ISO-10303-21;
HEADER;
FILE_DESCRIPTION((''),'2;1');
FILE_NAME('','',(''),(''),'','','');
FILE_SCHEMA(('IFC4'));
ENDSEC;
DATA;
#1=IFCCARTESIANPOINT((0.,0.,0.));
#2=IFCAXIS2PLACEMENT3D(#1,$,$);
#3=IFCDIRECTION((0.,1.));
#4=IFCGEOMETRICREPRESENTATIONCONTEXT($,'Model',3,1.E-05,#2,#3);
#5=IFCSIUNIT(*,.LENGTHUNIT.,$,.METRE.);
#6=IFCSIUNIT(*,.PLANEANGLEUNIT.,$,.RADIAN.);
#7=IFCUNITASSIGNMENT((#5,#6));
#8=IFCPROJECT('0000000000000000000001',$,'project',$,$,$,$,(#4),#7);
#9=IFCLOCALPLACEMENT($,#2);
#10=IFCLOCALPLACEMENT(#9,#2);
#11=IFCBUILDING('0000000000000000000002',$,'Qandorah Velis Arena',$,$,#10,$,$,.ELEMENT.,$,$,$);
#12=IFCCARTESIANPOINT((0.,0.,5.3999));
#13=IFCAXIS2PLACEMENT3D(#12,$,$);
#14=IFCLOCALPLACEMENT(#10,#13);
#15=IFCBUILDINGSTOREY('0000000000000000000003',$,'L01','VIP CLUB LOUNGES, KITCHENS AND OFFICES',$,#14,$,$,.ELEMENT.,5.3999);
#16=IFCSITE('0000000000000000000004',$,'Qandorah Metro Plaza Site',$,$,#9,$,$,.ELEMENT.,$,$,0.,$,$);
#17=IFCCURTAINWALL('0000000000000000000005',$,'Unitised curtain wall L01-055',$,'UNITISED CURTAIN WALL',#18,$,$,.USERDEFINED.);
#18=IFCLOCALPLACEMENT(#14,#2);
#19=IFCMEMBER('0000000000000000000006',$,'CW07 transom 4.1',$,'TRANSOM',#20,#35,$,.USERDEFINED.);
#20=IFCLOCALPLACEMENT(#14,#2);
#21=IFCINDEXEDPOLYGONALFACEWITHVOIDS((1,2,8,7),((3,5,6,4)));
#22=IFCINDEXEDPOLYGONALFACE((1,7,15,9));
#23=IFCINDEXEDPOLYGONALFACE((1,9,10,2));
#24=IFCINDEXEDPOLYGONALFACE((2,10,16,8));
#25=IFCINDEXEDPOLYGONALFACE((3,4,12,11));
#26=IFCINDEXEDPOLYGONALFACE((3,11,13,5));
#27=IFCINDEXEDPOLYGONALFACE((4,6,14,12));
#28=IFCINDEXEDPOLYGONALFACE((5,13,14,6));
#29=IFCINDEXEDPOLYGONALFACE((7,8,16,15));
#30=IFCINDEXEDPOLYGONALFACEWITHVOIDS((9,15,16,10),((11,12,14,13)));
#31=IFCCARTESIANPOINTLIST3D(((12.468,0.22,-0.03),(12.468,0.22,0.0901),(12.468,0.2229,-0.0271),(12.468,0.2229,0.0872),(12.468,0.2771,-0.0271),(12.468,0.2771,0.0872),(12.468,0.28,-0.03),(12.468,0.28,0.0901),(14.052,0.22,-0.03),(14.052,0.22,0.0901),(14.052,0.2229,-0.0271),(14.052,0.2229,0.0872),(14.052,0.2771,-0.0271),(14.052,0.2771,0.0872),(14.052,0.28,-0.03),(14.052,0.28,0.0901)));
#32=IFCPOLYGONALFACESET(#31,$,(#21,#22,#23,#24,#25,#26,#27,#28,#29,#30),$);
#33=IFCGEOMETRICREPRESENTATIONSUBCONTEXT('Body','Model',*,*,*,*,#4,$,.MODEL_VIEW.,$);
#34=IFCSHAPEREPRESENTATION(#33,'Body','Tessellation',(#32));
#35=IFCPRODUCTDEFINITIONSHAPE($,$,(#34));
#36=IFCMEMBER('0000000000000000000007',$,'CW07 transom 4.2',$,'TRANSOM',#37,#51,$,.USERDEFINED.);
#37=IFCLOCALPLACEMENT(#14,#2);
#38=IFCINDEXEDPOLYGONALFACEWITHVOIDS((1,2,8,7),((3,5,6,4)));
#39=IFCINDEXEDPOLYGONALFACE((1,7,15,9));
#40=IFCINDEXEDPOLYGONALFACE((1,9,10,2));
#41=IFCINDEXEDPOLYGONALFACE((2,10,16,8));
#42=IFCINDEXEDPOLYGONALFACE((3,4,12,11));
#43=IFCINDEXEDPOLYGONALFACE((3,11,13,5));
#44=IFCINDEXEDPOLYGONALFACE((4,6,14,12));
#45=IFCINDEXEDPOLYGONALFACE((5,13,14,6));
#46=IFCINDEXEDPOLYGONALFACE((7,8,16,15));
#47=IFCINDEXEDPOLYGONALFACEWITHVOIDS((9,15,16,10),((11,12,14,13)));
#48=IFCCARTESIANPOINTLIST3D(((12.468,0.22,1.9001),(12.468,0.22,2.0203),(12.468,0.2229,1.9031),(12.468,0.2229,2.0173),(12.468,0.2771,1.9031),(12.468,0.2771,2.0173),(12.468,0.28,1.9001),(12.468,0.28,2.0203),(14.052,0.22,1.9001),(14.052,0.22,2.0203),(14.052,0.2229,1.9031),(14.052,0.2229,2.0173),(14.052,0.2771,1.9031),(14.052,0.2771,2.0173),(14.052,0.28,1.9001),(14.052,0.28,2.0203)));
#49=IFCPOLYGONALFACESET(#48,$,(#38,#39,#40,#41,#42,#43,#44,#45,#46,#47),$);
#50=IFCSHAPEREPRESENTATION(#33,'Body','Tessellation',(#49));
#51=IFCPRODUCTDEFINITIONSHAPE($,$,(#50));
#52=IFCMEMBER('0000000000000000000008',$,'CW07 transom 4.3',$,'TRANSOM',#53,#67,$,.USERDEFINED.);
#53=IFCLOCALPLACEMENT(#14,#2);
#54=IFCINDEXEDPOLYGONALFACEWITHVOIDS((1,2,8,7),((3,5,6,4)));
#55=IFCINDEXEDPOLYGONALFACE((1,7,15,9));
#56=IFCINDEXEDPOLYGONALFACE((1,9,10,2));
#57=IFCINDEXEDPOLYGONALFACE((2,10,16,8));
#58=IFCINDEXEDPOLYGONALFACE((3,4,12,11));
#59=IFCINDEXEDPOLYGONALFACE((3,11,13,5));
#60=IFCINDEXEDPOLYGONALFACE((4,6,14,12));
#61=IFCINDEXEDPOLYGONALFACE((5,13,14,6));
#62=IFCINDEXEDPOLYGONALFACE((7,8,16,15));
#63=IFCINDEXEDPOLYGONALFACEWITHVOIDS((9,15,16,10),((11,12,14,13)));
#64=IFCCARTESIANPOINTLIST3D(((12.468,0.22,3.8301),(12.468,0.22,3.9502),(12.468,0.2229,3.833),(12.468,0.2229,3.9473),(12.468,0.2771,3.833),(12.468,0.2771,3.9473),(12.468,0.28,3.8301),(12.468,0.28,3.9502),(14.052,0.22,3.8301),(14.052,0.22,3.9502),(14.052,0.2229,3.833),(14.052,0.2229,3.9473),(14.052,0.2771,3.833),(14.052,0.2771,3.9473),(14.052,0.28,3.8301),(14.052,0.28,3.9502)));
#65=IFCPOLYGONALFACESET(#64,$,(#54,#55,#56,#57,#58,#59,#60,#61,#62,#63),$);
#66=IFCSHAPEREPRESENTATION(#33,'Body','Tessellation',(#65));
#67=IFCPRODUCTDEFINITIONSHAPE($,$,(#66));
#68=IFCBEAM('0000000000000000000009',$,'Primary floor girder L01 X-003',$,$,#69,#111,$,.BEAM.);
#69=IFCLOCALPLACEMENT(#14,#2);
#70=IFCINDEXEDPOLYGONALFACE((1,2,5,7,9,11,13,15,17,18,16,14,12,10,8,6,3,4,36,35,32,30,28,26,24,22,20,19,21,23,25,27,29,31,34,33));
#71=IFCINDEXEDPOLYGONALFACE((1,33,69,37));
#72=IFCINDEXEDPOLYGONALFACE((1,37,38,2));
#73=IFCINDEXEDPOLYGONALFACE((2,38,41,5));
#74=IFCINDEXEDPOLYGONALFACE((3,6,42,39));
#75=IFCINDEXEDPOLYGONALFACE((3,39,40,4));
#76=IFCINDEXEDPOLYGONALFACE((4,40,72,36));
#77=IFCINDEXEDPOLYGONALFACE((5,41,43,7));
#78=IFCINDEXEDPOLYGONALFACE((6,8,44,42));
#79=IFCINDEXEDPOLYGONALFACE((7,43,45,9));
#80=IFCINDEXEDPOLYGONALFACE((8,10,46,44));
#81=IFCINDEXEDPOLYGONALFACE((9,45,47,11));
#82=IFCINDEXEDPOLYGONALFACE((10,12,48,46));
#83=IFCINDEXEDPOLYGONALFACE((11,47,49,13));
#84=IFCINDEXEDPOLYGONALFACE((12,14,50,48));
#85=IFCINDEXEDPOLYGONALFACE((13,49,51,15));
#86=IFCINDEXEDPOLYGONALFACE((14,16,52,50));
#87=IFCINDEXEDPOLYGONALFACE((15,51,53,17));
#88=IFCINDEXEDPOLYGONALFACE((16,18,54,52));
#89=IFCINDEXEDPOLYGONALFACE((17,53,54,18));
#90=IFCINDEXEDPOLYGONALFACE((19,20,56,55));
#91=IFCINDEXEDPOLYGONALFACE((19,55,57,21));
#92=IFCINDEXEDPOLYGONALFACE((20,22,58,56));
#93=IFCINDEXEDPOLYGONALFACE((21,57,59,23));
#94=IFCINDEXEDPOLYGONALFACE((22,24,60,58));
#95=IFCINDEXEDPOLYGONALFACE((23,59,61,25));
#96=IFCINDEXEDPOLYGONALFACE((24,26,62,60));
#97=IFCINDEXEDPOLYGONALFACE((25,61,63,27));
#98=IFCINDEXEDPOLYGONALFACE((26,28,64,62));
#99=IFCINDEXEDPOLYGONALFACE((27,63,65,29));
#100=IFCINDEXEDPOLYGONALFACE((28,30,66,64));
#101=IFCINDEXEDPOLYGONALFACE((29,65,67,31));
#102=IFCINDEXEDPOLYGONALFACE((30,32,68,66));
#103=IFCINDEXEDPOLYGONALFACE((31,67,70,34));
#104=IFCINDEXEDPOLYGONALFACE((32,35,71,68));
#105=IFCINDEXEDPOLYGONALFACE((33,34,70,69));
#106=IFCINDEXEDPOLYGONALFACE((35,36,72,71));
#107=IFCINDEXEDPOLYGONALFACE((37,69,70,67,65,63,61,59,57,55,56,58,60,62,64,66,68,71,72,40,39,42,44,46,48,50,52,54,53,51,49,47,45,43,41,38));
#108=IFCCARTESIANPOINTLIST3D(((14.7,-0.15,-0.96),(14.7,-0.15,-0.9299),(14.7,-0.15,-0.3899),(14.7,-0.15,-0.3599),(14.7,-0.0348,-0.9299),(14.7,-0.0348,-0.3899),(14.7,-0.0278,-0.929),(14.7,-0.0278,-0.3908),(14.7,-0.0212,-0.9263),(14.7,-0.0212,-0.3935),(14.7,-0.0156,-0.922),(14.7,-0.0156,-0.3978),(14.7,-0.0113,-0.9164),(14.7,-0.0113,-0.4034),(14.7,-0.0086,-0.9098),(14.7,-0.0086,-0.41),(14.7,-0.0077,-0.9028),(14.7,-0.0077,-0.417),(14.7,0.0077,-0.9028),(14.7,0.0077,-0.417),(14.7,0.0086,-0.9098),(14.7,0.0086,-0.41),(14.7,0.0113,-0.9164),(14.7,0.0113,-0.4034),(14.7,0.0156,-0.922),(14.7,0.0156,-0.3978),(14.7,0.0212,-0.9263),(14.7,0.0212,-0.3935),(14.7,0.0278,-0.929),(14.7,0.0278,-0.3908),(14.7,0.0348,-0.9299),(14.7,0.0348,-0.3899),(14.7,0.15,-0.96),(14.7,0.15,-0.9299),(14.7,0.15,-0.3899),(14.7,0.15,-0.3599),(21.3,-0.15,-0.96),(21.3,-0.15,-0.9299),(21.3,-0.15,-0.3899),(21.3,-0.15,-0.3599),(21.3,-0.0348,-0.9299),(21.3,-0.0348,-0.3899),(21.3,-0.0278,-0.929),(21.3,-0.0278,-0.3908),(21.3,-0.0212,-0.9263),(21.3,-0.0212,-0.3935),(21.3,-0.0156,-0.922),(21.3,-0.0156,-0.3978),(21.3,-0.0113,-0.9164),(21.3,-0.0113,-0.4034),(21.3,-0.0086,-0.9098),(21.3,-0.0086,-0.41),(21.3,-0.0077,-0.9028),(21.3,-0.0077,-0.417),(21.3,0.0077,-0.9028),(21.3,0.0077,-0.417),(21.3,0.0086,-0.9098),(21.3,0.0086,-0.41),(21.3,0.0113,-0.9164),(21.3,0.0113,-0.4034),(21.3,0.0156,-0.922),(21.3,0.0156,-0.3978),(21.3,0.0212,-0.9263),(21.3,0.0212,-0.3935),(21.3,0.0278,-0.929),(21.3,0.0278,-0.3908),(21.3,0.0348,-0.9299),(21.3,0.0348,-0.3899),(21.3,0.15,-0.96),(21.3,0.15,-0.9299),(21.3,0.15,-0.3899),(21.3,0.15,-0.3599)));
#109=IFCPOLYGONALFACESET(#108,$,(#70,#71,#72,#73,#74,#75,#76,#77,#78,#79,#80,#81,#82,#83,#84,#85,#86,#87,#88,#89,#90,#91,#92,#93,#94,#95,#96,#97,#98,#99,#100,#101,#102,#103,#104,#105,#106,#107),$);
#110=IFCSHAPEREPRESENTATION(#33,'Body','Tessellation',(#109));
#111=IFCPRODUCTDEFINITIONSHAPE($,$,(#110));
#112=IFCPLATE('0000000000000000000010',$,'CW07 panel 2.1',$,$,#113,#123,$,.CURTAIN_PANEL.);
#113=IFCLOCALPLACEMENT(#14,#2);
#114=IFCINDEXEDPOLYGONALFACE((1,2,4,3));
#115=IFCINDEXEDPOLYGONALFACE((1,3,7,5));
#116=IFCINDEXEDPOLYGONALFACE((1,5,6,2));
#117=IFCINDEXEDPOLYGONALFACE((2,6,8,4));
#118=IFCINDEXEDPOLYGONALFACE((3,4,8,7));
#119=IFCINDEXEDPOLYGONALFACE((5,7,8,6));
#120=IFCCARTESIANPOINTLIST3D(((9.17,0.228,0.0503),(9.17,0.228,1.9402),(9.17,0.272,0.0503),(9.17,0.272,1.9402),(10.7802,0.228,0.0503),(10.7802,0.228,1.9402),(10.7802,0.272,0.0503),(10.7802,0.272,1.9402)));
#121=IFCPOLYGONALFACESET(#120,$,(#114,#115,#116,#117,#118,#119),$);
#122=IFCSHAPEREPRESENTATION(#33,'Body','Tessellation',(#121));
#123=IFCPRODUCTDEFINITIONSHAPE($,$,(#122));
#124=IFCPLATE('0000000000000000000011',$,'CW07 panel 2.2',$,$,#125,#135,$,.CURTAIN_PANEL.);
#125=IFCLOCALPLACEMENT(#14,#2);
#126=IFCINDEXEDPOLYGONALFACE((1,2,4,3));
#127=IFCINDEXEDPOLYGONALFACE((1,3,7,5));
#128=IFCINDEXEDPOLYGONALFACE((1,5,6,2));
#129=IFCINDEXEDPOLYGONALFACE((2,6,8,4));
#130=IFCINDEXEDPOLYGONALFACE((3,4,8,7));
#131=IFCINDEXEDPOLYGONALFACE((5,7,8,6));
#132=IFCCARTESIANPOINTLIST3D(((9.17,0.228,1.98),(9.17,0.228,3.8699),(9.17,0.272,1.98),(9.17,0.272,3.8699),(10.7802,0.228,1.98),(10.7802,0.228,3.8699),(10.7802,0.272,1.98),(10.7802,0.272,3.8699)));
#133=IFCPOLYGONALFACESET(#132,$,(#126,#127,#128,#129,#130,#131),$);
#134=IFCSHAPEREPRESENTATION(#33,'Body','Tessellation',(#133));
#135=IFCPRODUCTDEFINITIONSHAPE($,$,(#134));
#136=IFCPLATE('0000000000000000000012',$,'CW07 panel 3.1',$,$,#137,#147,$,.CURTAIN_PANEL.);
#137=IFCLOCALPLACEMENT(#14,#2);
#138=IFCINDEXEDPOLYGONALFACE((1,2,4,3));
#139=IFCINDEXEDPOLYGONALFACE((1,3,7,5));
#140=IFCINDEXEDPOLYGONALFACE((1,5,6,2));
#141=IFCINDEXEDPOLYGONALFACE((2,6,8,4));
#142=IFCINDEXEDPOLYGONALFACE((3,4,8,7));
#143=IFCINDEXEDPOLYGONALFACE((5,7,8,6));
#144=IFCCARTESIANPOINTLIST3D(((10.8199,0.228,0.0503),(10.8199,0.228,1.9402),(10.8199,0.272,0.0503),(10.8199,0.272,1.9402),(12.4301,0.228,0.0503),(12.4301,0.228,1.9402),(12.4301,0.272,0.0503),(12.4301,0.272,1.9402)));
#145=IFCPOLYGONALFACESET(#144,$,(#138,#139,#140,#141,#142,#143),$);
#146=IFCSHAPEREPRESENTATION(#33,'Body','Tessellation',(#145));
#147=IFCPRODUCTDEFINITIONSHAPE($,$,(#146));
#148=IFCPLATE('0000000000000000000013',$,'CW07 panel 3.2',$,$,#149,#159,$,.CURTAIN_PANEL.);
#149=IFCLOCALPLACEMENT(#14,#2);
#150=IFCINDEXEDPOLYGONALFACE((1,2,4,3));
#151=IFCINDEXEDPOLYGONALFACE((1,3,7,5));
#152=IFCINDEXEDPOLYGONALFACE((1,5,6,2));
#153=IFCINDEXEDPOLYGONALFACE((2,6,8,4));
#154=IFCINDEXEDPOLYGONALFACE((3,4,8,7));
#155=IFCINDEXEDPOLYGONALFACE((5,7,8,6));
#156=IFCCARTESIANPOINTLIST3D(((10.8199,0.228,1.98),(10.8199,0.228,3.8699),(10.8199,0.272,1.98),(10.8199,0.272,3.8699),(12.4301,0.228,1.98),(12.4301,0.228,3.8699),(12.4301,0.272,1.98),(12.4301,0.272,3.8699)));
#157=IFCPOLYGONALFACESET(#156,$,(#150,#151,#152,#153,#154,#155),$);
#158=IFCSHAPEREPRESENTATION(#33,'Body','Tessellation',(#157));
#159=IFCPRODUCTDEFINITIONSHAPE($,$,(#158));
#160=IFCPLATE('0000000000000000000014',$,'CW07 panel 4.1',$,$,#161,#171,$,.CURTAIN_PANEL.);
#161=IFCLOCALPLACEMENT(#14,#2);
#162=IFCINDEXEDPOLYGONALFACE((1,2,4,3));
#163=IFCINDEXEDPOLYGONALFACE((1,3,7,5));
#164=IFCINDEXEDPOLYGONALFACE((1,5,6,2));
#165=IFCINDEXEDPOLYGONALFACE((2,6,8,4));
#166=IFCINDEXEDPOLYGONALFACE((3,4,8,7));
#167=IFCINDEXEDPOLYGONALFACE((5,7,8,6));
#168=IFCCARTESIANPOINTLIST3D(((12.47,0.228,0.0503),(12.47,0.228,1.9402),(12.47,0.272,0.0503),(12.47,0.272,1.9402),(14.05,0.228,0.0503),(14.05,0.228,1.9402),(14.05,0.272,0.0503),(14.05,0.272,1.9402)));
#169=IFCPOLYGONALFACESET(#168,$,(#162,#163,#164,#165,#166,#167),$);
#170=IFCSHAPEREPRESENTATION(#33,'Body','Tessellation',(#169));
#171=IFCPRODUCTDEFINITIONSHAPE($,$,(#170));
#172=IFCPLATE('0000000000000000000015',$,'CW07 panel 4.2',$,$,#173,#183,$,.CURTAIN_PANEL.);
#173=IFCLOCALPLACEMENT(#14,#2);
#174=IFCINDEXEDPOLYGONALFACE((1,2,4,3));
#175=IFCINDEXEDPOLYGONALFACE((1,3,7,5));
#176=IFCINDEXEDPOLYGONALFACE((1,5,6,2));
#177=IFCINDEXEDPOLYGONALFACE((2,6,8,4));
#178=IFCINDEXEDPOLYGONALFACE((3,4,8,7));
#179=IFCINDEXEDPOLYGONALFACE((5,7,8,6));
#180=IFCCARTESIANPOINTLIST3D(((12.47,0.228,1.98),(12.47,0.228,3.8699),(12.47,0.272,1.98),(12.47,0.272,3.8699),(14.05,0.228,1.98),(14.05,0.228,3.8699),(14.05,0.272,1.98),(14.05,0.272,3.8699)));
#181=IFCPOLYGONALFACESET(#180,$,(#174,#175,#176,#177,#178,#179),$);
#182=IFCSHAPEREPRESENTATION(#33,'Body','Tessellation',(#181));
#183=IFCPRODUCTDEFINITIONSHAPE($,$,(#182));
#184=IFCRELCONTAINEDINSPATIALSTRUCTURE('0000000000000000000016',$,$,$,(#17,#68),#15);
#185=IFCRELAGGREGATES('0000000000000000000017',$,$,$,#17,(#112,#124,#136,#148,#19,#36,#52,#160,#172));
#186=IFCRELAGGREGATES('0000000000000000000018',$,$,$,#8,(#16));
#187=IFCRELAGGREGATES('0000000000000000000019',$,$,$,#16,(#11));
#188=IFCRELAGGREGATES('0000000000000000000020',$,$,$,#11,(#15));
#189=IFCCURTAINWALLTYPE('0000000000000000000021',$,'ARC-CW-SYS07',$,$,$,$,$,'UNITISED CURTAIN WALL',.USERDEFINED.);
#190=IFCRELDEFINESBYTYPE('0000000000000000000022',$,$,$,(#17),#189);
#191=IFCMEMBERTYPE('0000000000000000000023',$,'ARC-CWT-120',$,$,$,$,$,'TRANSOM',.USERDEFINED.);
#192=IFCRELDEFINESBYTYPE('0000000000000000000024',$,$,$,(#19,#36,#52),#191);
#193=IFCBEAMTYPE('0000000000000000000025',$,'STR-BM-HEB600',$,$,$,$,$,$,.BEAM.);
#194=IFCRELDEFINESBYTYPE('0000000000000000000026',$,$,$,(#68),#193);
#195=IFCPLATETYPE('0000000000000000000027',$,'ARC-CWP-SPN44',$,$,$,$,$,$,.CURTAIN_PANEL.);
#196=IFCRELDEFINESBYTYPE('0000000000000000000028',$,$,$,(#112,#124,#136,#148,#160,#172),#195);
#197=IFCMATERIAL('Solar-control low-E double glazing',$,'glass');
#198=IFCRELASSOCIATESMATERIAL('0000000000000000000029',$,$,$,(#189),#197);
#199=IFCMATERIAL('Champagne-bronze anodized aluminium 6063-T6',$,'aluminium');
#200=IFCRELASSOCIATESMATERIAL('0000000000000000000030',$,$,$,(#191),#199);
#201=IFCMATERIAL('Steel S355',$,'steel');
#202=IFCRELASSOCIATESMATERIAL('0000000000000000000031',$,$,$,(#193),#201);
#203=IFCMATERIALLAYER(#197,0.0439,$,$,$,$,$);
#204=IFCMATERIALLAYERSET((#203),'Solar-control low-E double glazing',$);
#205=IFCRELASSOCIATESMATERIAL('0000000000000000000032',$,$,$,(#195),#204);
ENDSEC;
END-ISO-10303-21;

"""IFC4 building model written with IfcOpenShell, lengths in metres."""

from ifc_helpers import new_model, si_unit, direction, frame, origin, origin_2d, place, context, subcontext, project, spatial, rectangle, hollow_rectangle, i_section, extrude, material, layer, layer_set, material_profile, profile_set, type_object, element, aggregate, save


model = new_model("IFC4")

# Units and contexts
model_context = context("Model", 3, precision=1e-05, world=origin(), true_north=direction((0.0, 1.0)))
body_context = subcontext(model_context, "Body", "Model", "MODEL_VIEW")
ifc_project = project(units=[si_unit("LENGTHUNIT", "METRE"), si_unit("PLANEANGLEUNIT", "RADIAN")], contexts=[model_context])

# Site, building, storey
site_placement = place(None, origin())
site = spatial("IfcSite", under=ifc_project, at=site_placement, Name="Qandorah Metro Plaza Site", CompositionType="ELEMENT", RefElevation=0.0)
building_placement = place(site_placement, origin())
building = spatial("IfcBuilding", under=site, at=building_placement, Name="Qandorah Velis Arena", CompositionType="ELEMENT")
storey_placement = place(building_placement, frame((0.0, 0.0, 5.3999)))
storey = spatial("IfcBuildingStorey", under=building, at=storey_placement, Name="L01", Description="VIP CLUB LOUNGES, KITCHENS AND OFFICES", CompositionType="ELEMENT", Elevation=5.3999)

# Shared definitions
ifc_material_1 = material(Name="Solar-control low-E double glazing", Category="glass")
ifc_material_2 = material(Name="Champagne-bronze anodized aluminium 6063-T6", Category="aluminium")

# Curtain wall, members
curtain_wall_type_1 = type_object("IfcCurtainWallType", Name="ARC-CW-SYS07", ElementType="UNITISED CURTAIN WALL", PredefinedType="USERDEFINED", material=ifc_material_1)
curtain_wall_1_placement = place(storey_placement, origin())
curtain_wall_1 = element("IfcCurtainWall", 1, at=curtain_wall_1_placement, inside=storey, type_object=curtain_wall_type_1, Name="Unitised curtain wall L01-055", ObjectType="UNITISED CURTAIN WALL", PredefinedType="USERDEFINED")
ifc_material_profile_1 = material_profile(ifc_material_2, hollow_rectangle(XDim=0.0601, YDim=0.1201, WallThickness=0.0029, at=origin_2d()), Name="ALU TRANSOM 60x120")
ifc_profile_set_1 = profile_set([ifc_material_profile_1], Name="Champagne-bronze anodized aluminium 6063-T6")
member_type_1 = type_object("IfcMemberType", Name="ARC-CWT-120", ElementType="TRANSOM", PredefinedType="USERDEFINED", material=ifc_profile_set_1)
member_1_placement = place(storey_placement, frame((12.468, 0.25, 0.03), z_axis=(1.0, 0.0, 0.0), x_axis=(0.0, 1.0, 0.0)))
member_1 = element("IfcMember", 2, at=member_1_placement, type_object=member_type_1, Name="CW07 transom 4.1", ObjectType="TRANSOM", PredefinedType="USERDEFINED", context=body_context, shape_type="SweptSolid", body=[
    extrude(hollow_rectangle(XDim=0.0601, YDim=0.1201, WallThickness=0.0029, at=origin_2d()), origin(), (0.0, 0.0, 1.0), 1.584),
])
member_2_placement = place(storey_placement, frame((12.468, 0.25, 1.9602), z_axis=(1.0, 0.0, 0.0), x_axis=(0.0, 1.0, 0.0)))
member_2 = element("IfcMember", 3, at=member_2_placement, type_object=member_type_1, Name="CW07 transom 4.2", ObjectType="TRANSOM", PredefinedType="USERDEFINED", context=body_context, shape_type="SweptSolid", body=[
    extrude(hollow_rectangle(XDim=0.0601, YDim=0.1201, WallThickness=0.0029, at=origin_2d()), origin(), (0.0, 0.0, 1.0), 1.584),
])
member_3_placement = place(storey_placement, frame((12.468, 0.25, 3.8901), z_axis=(1.0, 0.0, 0.0), x_axis=(0.0, 1.0, 0.0)))
member_3 = element("IfcMember", 4, at=member_3_placement, type_object=member_type_1, Name="CW07 transom 4.3", ObjectType="TRANSOM", PredefinedType="USERDEFINED", context=body_context, shape_type="SweptSolid", body=[
    extrude(hollow_rectangle(XDim=0.0601, YDim=0.1201, WallThickness=0.0029, at=origin_2d()), origin(), (0.0, 0.0, 1.0), 1.584),
])

# Beam
ifc_material_3 = material(Name="Steel S355", Category="steel")
ifc_material_profile_2 = material_profile(ifc_material_3, i_section(OverallWidth=0.3, OverallDepth=0.6001, WebThickness=0.0154, FlangeThickness=0.03, FilletRadius=0.0271, at=origin_2d()), Name="HEB 600")
ifc_profile_set_2 = profile_set([ifc_material_profile_2], Name="Steel S355")
beam_type = type_object("IfcBeamType", Name="STR-BM-HEB600", PredefinedType="BEAM", material=ifc_profile_set_2)
beam_placement = place(storey_placement, frame((14.7, 0.0, -0.6599), z_axis=(1.0, 0.0, 0.0), x_axis=(0.0, 1.0, 0.0)))
element("IfcBeam", 5, at=beam_placement, inside=storey, type_object=beam_type, Name="Primary floor girder L01 X-003", PredefinedType="BEAM", context=body_context, shape_type="SweptSolid", body=[
    extrude(i_section(OverallWidth=0.3, OverallDepth=0.6001, WebThickness=0.0154, FlangeThickness=0.03, FilletRadius=0.0271, at=origin_2d()), origin(), (0.0, 0.0, 1.0), 6.6001),
])

# Plates
ifc_layer = layer(ifc_material_1, 0.0439)
ifc_layer_set = layer_set([ifc_layer], Name="Solar-control low-E double glazing")
plate_type = type_object("IfcPlateType", Name="ARC-CWP-SPN44", PredefinedType="CURTAIN_PANEL", material=ifc_layer_set)
plate_1_placement = place(storey_placement, frame((9.9751, 0.25, 0.0503), z_axis=(0.0, 0.0, 1.0), x_axis=(1.0, 0.0, 0.0)))
plate_1 = element("IfcPlate", 6, at=plate_1_placement, type_object=plate_type, Name="CW07 panel 2.1", PredefinedType="CURTAIN_PANEL", context=body_context, shape_type="SweptSolid", body=[
    extrude(rectangle(XDim=1.6101, YDim=0.0439, at=origin_2d()), origin(), (0.0, 0.0, 1.0), 1.8899),
])
plate_2_placement = place(storey_placement, frame((9.9751, 0.25, 1.98), z_axis=(0.0, 0.0, 1.0), x_axis=(1.0, 0.0, 0.0)))
plate_2 = element("IfcPlate", 7, at=plate_2_placement, type_object=plate_type, Name="CW07 panel 2.2", PredefinedType="CURTAIN_PANEL", context=body_context, shape_type="SweptSolid", body=[
    extrude(rectangle(XDim=1.6101, YDim=0.0439, at=origin_2d()), origin(), (0.0, 0.0, 1.0), 1.8899),
])
plate_3_placement = place(storey_placement, frame((11.625, 0.25, 0.0503), z_axis=(0.0, 0.0, 1.0), x_axis=(1.0, 0.0, 0.0)))
plate_3 = element("IfcPlate", 8, at=plate_3_placement, type_object=plate_type, Name="CW07 panel 3.1", PredefinedType="CURTAIN_PANEL", context=body_context, shape_type="SweptSolid", body=[
    extrude(rectangle(XDim=1.6101, YDim=0.0439, at=origin_2d()), origin(), (0.0, 0.0, 1.0), 1.8899),
])
plate_4_placement = place(storey_placement, frame((11.625, 0.25, 1.98), z_axis=(0.0, 0.0, 1.0), x_axis=(1.0, 0.0, 0.0)))
plate_4 = element("IfcPlate", 9, at=plate_4_placement, type_object=plate_type, Name="CW07 panel 3.2", PredefinedType="CURTAIN_PANEL", context=body_context, shape_type="SweptSolid", body=[
    extrude(rectangle(XDim=1.6101, YDim=0.0439, at=origin_2d()), origin(), (0.0, 0.0, 1.0), 1.8899),
])
plate_5_placement = place(storey_placement, frame((13.26, 0.25, 0.0503), z_axis=(0.0, 0.0, 1.0), x_axis=(1.0, 0.0, 0.0)))
plate_5 = element("IfcPlate", 10, at=plate_5_placement, type_object=plate_type, Name="CW07 panel 4.1", PredefinedType="CURTAIN_PANEL", context=body_context, shape_type="SweptSolid", body=[
    extrude(rectangle(XDim=1.5801, YDim=0.0439, at=origin_2d()), origin(), (0.0, 0.0, 1.0), 1.8899),
])
plate_6_placement = place(storey_placement, frame((13.26, 0.25, 1.98), z_axis=(0.0, 0.0, 1.0), x_axis=(1.0, 0.0, 0.0)))
plate_6 = element("IfcPlate", 11, at=plate_6_placement, type_object=plate_type, Name="CW07 panel 4.2", PredefinedType="CURTAIN_PANEL", context=body_context, shape_type="SweptSolid", body=[
    extrude(rectangle(XDim=1.5801, YDim=0.0439, at=origin_2d()), origin(), (0.0, 0.0, 1.0), 1.8899),
])
aggregate(curtain_wall_1, [plate_1, plate_2, plate_3, plate_4, member_1, member_2, member_3, plate_5, plate_6])

save(model, "model.ifc")
